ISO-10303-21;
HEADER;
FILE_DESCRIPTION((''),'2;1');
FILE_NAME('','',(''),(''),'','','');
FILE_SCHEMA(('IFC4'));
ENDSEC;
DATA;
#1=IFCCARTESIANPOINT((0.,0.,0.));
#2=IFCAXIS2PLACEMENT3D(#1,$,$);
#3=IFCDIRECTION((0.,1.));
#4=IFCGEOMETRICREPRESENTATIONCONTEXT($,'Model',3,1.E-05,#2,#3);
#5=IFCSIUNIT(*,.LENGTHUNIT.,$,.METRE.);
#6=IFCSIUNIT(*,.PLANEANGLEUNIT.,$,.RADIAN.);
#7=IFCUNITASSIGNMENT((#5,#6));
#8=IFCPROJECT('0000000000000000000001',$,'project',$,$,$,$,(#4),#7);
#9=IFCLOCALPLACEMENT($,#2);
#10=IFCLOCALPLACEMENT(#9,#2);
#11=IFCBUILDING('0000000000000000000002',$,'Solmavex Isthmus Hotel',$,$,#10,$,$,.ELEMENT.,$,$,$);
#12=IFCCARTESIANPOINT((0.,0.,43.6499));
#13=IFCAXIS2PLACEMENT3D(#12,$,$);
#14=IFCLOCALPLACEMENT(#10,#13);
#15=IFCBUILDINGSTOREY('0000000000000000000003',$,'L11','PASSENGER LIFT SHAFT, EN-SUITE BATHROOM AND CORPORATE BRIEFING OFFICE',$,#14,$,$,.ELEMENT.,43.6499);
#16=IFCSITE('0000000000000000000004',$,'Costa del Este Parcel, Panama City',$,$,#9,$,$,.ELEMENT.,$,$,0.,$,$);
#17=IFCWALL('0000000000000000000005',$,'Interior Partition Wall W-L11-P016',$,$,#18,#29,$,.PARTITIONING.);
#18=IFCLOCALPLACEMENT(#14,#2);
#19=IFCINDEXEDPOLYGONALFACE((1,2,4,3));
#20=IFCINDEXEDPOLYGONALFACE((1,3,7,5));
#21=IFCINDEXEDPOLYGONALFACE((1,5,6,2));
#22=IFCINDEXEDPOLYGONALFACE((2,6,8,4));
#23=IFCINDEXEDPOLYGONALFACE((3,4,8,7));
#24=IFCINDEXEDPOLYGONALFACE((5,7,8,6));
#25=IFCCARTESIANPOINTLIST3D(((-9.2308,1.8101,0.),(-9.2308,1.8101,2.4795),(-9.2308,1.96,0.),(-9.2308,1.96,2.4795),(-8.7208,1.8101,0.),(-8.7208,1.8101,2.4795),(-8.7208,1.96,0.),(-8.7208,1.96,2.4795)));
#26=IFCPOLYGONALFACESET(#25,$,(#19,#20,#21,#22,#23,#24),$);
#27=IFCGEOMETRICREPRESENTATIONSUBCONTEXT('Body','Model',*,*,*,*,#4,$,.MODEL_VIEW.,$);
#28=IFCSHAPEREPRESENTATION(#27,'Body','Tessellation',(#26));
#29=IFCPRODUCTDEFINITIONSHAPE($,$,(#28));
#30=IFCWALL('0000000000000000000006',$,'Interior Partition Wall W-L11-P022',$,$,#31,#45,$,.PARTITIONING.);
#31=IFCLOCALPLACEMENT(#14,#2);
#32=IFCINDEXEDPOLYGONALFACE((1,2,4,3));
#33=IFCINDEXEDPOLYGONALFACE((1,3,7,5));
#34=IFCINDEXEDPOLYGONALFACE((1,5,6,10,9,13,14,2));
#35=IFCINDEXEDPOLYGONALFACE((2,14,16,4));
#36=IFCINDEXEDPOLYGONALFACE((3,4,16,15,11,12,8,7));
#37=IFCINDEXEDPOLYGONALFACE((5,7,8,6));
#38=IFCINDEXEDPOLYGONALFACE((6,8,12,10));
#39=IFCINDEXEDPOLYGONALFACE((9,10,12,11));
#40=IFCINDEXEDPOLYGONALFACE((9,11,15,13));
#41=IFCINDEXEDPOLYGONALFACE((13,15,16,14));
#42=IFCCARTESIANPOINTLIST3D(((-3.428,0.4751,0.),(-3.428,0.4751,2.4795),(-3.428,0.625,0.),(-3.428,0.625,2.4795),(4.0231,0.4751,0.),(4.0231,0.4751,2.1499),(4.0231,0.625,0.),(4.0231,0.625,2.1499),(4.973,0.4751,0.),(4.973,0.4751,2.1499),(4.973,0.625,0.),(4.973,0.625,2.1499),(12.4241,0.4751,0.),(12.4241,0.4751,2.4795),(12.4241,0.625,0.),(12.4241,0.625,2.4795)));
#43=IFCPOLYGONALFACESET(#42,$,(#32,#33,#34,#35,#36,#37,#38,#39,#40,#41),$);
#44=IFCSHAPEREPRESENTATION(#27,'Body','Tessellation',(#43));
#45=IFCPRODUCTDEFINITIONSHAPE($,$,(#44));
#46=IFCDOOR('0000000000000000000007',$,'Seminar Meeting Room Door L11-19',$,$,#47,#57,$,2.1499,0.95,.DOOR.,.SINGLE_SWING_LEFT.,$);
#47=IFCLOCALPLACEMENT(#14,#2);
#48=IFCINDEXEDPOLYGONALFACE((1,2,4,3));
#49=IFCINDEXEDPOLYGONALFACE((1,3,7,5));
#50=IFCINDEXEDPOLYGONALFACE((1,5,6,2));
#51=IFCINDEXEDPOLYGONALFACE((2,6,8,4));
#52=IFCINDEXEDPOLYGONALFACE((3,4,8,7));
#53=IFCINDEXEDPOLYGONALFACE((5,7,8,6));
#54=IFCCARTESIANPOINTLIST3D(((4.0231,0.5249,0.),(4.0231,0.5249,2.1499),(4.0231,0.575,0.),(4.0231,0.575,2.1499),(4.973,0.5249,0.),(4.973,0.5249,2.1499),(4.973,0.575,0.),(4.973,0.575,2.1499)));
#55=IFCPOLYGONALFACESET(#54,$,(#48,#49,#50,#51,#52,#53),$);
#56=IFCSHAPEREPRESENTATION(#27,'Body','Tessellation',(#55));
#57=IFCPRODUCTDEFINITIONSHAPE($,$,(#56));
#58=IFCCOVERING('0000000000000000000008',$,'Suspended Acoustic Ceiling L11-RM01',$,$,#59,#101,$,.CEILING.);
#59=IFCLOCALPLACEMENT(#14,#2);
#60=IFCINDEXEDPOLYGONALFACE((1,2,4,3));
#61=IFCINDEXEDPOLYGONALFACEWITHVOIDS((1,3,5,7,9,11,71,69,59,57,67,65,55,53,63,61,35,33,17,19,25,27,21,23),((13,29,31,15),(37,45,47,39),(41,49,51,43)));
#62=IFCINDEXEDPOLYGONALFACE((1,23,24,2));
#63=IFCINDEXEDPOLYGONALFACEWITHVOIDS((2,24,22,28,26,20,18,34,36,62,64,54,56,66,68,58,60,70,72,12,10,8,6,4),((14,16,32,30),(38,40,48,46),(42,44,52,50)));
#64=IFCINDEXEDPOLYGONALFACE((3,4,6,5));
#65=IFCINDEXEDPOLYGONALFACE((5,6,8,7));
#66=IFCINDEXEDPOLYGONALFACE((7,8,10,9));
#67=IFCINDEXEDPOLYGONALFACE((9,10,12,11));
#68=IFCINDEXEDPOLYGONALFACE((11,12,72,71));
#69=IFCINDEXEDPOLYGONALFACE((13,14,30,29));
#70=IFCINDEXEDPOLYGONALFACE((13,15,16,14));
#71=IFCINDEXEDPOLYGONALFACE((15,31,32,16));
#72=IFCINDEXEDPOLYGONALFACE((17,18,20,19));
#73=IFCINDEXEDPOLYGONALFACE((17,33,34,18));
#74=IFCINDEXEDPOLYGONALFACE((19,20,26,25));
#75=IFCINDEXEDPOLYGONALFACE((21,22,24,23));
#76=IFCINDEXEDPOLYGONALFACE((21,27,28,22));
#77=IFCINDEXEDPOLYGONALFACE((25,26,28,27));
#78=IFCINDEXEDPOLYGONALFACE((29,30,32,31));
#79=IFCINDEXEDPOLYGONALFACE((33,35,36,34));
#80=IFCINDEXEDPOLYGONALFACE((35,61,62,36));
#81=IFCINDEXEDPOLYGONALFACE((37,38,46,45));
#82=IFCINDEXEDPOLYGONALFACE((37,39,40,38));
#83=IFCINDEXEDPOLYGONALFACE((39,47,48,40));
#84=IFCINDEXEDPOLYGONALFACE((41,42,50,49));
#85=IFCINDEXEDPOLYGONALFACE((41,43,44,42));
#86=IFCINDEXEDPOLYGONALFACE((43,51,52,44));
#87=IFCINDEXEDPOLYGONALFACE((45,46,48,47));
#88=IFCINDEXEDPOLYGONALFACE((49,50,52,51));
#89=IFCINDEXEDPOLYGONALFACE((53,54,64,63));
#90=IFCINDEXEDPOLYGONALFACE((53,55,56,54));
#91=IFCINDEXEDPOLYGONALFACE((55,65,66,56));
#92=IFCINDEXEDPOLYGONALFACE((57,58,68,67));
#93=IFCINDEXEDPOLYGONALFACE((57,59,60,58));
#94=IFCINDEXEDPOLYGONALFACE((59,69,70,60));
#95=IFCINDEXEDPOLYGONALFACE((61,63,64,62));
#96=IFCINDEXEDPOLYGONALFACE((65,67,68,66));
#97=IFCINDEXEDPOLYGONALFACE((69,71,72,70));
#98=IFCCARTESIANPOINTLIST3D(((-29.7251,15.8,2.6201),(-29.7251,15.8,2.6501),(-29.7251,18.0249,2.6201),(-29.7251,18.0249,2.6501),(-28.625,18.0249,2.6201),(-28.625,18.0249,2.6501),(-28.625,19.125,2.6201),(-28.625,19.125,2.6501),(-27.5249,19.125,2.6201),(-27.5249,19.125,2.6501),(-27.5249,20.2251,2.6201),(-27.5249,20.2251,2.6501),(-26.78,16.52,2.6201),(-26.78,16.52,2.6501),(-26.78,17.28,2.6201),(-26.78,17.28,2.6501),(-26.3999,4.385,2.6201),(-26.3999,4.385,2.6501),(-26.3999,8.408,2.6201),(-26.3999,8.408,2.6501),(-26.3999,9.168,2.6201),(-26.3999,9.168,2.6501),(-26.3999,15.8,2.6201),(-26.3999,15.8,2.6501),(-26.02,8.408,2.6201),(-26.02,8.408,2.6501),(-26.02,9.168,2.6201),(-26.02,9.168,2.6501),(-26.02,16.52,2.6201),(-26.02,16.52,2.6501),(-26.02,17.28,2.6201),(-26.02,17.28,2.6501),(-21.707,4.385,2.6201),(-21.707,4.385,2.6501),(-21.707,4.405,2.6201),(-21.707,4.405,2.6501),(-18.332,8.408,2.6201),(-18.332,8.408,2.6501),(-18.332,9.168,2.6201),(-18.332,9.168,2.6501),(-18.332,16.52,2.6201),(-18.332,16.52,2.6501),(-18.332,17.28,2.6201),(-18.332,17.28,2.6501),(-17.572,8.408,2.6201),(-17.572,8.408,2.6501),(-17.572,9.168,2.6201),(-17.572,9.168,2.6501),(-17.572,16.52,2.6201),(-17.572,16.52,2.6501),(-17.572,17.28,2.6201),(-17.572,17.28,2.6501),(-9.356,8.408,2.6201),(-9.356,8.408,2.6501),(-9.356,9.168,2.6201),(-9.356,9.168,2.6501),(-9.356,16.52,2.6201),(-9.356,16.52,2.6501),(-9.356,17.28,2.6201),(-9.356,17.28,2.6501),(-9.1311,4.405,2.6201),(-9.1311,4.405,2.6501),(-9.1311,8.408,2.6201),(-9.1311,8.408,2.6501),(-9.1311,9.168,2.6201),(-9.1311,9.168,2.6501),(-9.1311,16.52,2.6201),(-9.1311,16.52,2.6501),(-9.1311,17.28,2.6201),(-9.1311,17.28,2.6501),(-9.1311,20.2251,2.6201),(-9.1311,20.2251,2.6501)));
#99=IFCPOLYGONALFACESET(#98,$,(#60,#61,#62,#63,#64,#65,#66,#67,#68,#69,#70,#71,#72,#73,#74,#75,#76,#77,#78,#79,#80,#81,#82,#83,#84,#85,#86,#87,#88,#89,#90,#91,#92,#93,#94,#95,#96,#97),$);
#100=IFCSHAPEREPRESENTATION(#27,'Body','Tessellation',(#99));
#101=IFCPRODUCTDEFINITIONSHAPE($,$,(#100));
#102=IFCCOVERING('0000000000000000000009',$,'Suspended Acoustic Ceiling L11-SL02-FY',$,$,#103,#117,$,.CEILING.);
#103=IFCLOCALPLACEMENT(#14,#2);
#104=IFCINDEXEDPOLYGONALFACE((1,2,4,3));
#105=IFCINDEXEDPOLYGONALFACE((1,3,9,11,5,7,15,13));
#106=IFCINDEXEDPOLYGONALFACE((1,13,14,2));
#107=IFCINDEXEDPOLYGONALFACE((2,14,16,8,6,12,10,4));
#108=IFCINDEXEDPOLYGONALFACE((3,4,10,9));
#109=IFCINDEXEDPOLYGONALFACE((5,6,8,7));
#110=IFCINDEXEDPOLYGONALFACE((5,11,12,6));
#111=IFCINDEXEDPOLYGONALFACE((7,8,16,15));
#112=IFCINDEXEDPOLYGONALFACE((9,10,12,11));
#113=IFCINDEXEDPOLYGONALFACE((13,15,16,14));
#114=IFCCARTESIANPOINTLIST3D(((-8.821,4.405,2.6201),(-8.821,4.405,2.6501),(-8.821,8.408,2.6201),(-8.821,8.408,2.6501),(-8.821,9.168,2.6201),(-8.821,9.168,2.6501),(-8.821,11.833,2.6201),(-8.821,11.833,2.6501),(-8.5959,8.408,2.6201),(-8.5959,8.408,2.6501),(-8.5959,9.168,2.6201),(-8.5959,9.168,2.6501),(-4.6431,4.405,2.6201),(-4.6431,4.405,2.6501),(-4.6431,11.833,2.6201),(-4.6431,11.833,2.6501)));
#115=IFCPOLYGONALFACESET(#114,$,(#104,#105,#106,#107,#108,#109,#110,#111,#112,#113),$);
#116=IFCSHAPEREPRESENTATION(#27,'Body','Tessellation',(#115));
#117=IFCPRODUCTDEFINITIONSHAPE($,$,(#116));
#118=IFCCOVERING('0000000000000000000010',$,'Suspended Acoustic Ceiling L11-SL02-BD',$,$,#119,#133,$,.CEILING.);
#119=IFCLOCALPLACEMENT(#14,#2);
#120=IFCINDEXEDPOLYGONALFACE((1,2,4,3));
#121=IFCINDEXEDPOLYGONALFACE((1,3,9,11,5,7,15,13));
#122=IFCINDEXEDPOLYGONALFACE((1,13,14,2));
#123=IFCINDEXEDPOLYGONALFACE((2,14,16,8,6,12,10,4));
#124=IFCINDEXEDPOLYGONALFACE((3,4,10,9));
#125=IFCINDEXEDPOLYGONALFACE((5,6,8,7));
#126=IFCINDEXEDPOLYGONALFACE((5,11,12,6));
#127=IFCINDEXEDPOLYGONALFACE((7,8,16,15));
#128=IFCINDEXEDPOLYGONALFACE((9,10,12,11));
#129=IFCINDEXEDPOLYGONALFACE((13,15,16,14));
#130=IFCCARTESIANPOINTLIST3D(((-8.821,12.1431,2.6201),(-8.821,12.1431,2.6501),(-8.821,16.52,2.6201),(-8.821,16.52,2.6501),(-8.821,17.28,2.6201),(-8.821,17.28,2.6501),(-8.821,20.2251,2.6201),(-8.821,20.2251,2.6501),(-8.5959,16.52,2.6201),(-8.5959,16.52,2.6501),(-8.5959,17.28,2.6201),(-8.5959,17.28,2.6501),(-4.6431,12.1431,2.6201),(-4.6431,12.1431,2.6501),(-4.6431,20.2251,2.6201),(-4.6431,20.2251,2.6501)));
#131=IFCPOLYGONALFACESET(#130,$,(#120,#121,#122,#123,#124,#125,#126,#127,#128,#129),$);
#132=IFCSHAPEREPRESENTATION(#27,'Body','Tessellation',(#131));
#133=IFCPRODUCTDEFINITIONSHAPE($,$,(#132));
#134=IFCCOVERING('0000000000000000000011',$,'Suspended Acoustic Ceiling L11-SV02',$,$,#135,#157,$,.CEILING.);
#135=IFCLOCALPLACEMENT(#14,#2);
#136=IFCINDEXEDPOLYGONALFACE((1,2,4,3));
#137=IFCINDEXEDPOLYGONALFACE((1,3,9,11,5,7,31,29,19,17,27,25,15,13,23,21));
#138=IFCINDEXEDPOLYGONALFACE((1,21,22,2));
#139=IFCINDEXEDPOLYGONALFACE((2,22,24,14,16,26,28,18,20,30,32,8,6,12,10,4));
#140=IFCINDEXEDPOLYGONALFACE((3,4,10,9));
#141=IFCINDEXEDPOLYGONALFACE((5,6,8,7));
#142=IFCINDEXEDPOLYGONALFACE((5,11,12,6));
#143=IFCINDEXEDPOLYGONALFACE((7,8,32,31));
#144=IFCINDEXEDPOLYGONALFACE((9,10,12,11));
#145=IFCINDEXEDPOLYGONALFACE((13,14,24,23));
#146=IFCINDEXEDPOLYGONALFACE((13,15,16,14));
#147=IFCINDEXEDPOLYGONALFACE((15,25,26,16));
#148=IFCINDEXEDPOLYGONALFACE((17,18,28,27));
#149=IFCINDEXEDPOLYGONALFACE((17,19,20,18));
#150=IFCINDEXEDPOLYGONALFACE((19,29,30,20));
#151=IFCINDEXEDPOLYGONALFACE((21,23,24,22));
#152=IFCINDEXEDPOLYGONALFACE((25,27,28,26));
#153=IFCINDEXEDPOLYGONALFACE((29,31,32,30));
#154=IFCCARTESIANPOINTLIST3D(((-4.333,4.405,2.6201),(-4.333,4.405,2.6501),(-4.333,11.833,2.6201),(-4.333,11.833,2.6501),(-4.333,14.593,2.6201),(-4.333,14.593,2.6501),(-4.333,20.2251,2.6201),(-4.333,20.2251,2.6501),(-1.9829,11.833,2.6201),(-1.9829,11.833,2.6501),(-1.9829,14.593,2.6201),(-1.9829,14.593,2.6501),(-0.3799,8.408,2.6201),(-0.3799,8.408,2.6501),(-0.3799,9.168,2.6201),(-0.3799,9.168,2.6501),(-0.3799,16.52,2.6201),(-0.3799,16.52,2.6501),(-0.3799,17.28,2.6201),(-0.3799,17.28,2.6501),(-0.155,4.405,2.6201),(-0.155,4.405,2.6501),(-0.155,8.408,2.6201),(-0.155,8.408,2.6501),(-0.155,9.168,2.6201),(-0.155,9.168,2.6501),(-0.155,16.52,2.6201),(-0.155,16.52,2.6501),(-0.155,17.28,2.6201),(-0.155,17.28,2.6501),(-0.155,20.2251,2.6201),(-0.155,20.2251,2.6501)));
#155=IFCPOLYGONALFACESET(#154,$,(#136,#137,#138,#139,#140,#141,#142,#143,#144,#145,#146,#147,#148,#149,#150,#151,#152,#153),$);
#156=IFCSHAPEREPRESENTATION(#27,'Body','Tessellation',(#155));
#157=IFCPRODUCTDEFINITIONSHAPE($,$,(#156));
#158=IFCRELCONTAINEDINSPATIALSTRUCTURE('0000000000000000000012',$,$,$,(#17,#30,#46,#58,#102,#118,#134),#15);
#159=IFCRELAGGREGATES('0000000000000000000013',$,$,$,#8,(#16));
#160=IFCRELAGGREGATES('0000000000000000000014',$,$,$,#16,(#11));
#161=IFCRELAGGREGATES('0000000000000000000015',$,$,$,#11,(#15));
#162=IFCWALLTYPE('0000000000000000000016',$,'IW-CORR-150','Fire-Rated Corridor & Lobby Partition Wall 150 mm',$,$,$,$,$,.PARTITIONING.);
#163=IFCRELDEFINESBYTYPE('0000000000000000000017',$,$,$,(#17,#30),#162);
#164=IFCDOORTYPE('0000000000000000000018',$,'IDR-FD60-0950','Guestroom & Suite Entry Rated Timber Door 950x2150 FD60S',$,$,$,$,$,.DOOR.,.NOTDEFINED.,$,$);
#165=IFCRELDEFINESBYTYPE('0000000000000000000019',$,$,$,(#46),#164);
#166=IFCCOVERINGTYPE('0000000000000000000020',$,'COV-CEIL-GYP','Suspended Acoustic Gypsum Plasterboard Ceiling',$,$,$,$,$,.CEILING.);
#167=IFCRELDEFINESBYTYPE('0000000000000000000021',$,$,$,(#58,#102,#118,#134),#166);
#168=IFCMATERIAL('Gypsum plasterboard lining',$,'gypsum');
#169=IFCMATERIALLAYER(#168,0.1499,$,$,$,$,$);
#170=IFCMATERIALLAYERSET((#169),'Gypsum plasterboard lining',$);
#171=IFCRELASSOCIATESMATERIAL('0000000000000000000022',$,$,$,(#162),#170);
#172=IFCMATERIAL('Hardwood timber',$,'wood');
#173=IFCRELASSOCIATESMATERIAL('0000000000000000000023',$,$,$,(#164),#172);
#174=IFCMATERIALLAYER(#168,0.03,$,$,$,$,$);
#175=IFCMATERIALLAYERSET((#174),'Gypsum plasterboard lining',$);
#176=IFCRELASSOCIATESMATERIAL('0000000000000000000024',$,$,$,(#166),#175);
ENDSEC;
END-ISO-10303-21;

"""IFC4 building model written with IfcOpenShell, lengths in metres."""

from ifc_helpers import new_model, si_unit, direction, frame, frame_2d, origin, place, context, subcontext, project, spatial, polyline, rectangle, outline, extrude, material, layer, layer_set, type_object, element, fill, save


model = new_model("IFC4")

# Units and contexts
model_context = context("Model", 3, precision=1e-05, world=origin(), true_north=direction((0.0, 1.0)))
body_context = subcontext(model_context, "Body", "Model", "MODEL_VIEW")
ifc_project = project(units=[si_unit("LENGTHUNIT", "METRE"), si_unit("PLANEANGLEUNIT", "RADIAN")], contexts=[model_context])

# Site, building, storey
site_placement = place(None, origin())
site = spatial("IfcSite", under=ifc_project, at=site_placement, Name="Costa del Este Parcel, Panama City", CompositionType="ELEMENT", RefElevation=0.0)
building_placement = place(site_placement, origin())
building = spatial("IfcBuilding", under=site, at=building_placement, Name="Solmavex Isthmus Hotel", CompositionType="ELEMENT")
storey_placement = place(building_placement, frame((0.0, 0.0, 43.6499)))
storey = spatial("IfcBuildingStorey", under=building, at=storey_placement, Name="L11", Description="PASSENGER LIFT SHAFT, EN-SUITE BATHROOM AND CORPORATE BRIEFING OFFICE", CompositionType="ELEMENT", Elevation=43.6499)

# Shared definitions
ifc_material_1 = material(Name="Gypsum plasterboard lining", Category="gypsum")
ifc_layer_1 = layer(ifc_material_1, 0.1499)
ifc_layer_set_1 = layer_set([ifc_layer_1], Name="Gypsum plasterboard lining")
wall_type = type_object("IfcWallType", Name="IW-CORR-150", Description="Fire-Rated Corridor & Lobby Partition Wall 150 mm", PredefinedType="PARTITIONING", material=ifc_layer_set_1)

# Wall
wall_1_placement = place(storey_placement, frame((-8.7209, 1.885, 0.0), z_axis=(0.0, 0.0, 1.0), x_axis=(-1.0, 0.0, 0.0)))
element("IfcWall", 1, at=wall_1_placement, inside=storey, type_object=wall_type, Name="Interior Partition Wall W-L11-P016", PredefinedType="PARTITIONING", context=body_context, shape_type="SweptSolid", body=[
    extrude(rectangle(XDim=0.51, YDim=0.1499, at=frame_2d((0.2549, 0.0))), origin(), (0.0, 0.0, 1.0), 2.4795),
])

# Wall, opening, door
wall_2_placement = place(storey_placement, frame((-3.428, 0.55, 0.0), z_axis=(0.0, 0.0, 1.0), x_axis=(1.0, 0.0, 0.0)))
wall_2 = element("IfcWall", 2, at=wall_2_placement, inside=storey, type_object=wall_type, Name="Interior Partition Wall W-L11-P022", PredefinedType="PARTITIONING", context=body_context, shape_type="SweptSolid", body=[
    extrude(rectangle(XDim=15.8521, YDim=0.1499, at=frame_2d((7.926, 0.0))), origin(), (0.0, 0.0, 1.0), 2.4795),
])
opening_1_placement = place(wall_2_placement, frame((7.4509, 0.0, 0.0)))
opening_1 = element("IfcOpeningElement", 3, at=opening_1_placement, cuts=wall_2, PredefinedType="OPENING", context=body_context, shape_type="SweptSolid", body=[
    extrude(rectangle(XDim=0.95, YDim=2.1499, at=frame_2d((0.4751, 1.075))), frame((0.0, 0.085, 0.0), z_axis=(0.0, -1.0, 0.0), x_axis=(1.0, 0.0, 0.0)), (0.0, 0.0, 1.0), 0.1699),
])
ifc_material_2 = material(Name="Hardwood timber", Category="wood")
door_type_1 = type_object("IfcDoorType", Name="IDR-FD60-0950", Description="Guestroom & Suite Entry Rated Timber Door 950x2150 FD60S", OperationType="NOTDEFINED", PredefinedType="DOOR", material=ifc_material_2)
door_1_placement = place(opening_1_placement, origin())
door_1 = element("IfcDoor", 4, at=door_1_placement, inside=storey, type_object=door_type_1, Name="Seminar Meeting Room Door L11-19", OperationType="SINGLE_SWING_LEFT", OverallHeight=2.1499, OverallWidth=0.95, PredefinedType="DOOR", context=body_context, shape_type="SweptSolid", body=[
    extrude(rectangle(XDim=0.95, YDim=2.1499, at=frame_2d((0.4751, 1.075))), frame((0.0, 0.0249, 0.0), z_axis=(0.0, -1.0, 0.0), x_axis=(1.0, 0.0, 0.0)), (0.0, 0.0, 1.0), 0.05),
])
fill(opening_1, door_1)

# Coverings
ifc_layer_2 = layer(ifc_material_1, 0.03)
ifc_layer_set_2 = layer_set([ifc_layer_2], Name="Gypsum plasterboard lining")
covering_type_1 = type_object("IfcCoveringType", Name="COV-CEIL-GYP", Description="Suspended Acoustic Gypsum Plasterboard Ceiling", PredefinedType="CEILING", material=ifc_layer_set_2)
covering_1_placement = place(storey_placement, frame((0.0, 0.0, 2.6201)))
element("IfcCovering", 5, at=covering_1_placement, inside=storey, type_object=covering_type_1, Name="Suspended Acoustic Ceiling L11-RM01", PredefinedType="CEILING", context=body_context, shape_type="SweptSolid", body=[
    extrude(outline(polyline([(-21.707, 4.385), (-21.707, 4.405), (-9.1311, 4.405), (-9.1311, 8.408), (-9.356, 8.408), (-9.356, 9.168), (-9.1311, 9.168), (-9.1311, 16.52), (-9.356, 16.52), (-9.356, 17.28), (-9.1311, 17.28), (-9.1311, 20.2251), (-27.5249, 20.2251), (-27.5249, 19.125), (-28.625, 19.125), (-28.625, 18.0249), (-29.7251, 18.0249), (-29.7251, 15.8), (-26.3999, 15.8), (-26.3999, 9.168), (-26.02, 9.168), (-26.02, 8.408), (-26.3999, 8.408), (-26.3999, 4.385), (-21.707, 4.385)]), holes=[polyline([(-18.332, 8.408), (-18.332, 9.168), (-17.572, 9.168), (-17.572, 8.408), (-18.332, 8.408)]), polyline([(-18.332, 17.28), (-17.572, 17.28), (-17.572, 16.52), (-18.332, 16.52), (-18.332, 17.28)]), polyline([(-26.78, 17.28), (-26.02, 17.28), (-26.02, 16.52), (-26.78, 16.52), (-26.78, 17.28)])]), origin(), (0.0, 0.0, 1.0), 0.03),
])
covering_2_placement = place(storey_placement, frame((0.0, 0.0, 2.6201)))
element("IfcCovering", 6, at=covering_2_placement, inside=storey, type_object=covering_type_1, Name="Suspended Acoustic Ceiling L11-SL02-FY", PredefinedType="CEILING", context=body_context, shape_type="SweptSolid", body=[
    extrude(outline(polyline([(-8.821, 9.168), (-8.5959, 9.168), (-8.5959, 8.408), (-8.821, 8.408), (-8.821, 4.405), (-4.6431, 4.405), (-4.6431, 11.833), (-8.821, 11.833), (-8.821, 9.168)])), origin(), (0.0, 0.0, 1.0), 0.03),
])
covering_3_placement = place(storey_placement, frame((0.0, 0.0, 2.6201)))
element("IfcCovering", 7, at=covering_3_placement, inside=storey, type_object=covering_type_1, Name="Suspended Acoustic Ceiling L11-SL02-BD", PredefinedType="CEILING", context=body_context, shape_type="SweptSolid", body=[
    extrude(outline(polyline([(-8.821, 17.28), (-8.5959, 17.28), (-8.5959, 16.52), (-8.821, 16.52), (-8.821, 12.1431), (-4.6431, 12.1431), (-4.6431, 20.2251), (-8.821, 20.2251), (-8.821, 17.28)])), origin(), (0.0, 0.0, 1.0), 0.03),
])
covering_4_placement = place(storey_placement, frame((0.0, 0.0, 2.6201)))
element("IfcCovering", 8, at=covering_4_placement, inside=storey, type_object=covering_type_1, Name="Suspended Acoustic Ceiling L11-SV02", PredefinedType="CEILING", context=body_context, shape_type="SweptSolid", body=[
    extrude(outline(polyline([(-0.155, 16.52), (-0.3799, 16.52), (-0.3799, 17.28), (-0.155, 17.28), (-0.155, 20.2251), (-4.333, 20.2251), (-4.333, 14.593), (-1.9829, 14.593), (-1.9829, 11.833), (-4.333, 11.833), (-4.333, 4.405), (-0.155, 4.405), (-0.155, 8.408), (-0.3799, 8.408), (-0.3799, 9.168), (-0.155, 9.168), (-0.155, 16.52)])), origin(), (0.0, 0.0, 1.0), 0.03),
])

save(model, "model.ifc")
